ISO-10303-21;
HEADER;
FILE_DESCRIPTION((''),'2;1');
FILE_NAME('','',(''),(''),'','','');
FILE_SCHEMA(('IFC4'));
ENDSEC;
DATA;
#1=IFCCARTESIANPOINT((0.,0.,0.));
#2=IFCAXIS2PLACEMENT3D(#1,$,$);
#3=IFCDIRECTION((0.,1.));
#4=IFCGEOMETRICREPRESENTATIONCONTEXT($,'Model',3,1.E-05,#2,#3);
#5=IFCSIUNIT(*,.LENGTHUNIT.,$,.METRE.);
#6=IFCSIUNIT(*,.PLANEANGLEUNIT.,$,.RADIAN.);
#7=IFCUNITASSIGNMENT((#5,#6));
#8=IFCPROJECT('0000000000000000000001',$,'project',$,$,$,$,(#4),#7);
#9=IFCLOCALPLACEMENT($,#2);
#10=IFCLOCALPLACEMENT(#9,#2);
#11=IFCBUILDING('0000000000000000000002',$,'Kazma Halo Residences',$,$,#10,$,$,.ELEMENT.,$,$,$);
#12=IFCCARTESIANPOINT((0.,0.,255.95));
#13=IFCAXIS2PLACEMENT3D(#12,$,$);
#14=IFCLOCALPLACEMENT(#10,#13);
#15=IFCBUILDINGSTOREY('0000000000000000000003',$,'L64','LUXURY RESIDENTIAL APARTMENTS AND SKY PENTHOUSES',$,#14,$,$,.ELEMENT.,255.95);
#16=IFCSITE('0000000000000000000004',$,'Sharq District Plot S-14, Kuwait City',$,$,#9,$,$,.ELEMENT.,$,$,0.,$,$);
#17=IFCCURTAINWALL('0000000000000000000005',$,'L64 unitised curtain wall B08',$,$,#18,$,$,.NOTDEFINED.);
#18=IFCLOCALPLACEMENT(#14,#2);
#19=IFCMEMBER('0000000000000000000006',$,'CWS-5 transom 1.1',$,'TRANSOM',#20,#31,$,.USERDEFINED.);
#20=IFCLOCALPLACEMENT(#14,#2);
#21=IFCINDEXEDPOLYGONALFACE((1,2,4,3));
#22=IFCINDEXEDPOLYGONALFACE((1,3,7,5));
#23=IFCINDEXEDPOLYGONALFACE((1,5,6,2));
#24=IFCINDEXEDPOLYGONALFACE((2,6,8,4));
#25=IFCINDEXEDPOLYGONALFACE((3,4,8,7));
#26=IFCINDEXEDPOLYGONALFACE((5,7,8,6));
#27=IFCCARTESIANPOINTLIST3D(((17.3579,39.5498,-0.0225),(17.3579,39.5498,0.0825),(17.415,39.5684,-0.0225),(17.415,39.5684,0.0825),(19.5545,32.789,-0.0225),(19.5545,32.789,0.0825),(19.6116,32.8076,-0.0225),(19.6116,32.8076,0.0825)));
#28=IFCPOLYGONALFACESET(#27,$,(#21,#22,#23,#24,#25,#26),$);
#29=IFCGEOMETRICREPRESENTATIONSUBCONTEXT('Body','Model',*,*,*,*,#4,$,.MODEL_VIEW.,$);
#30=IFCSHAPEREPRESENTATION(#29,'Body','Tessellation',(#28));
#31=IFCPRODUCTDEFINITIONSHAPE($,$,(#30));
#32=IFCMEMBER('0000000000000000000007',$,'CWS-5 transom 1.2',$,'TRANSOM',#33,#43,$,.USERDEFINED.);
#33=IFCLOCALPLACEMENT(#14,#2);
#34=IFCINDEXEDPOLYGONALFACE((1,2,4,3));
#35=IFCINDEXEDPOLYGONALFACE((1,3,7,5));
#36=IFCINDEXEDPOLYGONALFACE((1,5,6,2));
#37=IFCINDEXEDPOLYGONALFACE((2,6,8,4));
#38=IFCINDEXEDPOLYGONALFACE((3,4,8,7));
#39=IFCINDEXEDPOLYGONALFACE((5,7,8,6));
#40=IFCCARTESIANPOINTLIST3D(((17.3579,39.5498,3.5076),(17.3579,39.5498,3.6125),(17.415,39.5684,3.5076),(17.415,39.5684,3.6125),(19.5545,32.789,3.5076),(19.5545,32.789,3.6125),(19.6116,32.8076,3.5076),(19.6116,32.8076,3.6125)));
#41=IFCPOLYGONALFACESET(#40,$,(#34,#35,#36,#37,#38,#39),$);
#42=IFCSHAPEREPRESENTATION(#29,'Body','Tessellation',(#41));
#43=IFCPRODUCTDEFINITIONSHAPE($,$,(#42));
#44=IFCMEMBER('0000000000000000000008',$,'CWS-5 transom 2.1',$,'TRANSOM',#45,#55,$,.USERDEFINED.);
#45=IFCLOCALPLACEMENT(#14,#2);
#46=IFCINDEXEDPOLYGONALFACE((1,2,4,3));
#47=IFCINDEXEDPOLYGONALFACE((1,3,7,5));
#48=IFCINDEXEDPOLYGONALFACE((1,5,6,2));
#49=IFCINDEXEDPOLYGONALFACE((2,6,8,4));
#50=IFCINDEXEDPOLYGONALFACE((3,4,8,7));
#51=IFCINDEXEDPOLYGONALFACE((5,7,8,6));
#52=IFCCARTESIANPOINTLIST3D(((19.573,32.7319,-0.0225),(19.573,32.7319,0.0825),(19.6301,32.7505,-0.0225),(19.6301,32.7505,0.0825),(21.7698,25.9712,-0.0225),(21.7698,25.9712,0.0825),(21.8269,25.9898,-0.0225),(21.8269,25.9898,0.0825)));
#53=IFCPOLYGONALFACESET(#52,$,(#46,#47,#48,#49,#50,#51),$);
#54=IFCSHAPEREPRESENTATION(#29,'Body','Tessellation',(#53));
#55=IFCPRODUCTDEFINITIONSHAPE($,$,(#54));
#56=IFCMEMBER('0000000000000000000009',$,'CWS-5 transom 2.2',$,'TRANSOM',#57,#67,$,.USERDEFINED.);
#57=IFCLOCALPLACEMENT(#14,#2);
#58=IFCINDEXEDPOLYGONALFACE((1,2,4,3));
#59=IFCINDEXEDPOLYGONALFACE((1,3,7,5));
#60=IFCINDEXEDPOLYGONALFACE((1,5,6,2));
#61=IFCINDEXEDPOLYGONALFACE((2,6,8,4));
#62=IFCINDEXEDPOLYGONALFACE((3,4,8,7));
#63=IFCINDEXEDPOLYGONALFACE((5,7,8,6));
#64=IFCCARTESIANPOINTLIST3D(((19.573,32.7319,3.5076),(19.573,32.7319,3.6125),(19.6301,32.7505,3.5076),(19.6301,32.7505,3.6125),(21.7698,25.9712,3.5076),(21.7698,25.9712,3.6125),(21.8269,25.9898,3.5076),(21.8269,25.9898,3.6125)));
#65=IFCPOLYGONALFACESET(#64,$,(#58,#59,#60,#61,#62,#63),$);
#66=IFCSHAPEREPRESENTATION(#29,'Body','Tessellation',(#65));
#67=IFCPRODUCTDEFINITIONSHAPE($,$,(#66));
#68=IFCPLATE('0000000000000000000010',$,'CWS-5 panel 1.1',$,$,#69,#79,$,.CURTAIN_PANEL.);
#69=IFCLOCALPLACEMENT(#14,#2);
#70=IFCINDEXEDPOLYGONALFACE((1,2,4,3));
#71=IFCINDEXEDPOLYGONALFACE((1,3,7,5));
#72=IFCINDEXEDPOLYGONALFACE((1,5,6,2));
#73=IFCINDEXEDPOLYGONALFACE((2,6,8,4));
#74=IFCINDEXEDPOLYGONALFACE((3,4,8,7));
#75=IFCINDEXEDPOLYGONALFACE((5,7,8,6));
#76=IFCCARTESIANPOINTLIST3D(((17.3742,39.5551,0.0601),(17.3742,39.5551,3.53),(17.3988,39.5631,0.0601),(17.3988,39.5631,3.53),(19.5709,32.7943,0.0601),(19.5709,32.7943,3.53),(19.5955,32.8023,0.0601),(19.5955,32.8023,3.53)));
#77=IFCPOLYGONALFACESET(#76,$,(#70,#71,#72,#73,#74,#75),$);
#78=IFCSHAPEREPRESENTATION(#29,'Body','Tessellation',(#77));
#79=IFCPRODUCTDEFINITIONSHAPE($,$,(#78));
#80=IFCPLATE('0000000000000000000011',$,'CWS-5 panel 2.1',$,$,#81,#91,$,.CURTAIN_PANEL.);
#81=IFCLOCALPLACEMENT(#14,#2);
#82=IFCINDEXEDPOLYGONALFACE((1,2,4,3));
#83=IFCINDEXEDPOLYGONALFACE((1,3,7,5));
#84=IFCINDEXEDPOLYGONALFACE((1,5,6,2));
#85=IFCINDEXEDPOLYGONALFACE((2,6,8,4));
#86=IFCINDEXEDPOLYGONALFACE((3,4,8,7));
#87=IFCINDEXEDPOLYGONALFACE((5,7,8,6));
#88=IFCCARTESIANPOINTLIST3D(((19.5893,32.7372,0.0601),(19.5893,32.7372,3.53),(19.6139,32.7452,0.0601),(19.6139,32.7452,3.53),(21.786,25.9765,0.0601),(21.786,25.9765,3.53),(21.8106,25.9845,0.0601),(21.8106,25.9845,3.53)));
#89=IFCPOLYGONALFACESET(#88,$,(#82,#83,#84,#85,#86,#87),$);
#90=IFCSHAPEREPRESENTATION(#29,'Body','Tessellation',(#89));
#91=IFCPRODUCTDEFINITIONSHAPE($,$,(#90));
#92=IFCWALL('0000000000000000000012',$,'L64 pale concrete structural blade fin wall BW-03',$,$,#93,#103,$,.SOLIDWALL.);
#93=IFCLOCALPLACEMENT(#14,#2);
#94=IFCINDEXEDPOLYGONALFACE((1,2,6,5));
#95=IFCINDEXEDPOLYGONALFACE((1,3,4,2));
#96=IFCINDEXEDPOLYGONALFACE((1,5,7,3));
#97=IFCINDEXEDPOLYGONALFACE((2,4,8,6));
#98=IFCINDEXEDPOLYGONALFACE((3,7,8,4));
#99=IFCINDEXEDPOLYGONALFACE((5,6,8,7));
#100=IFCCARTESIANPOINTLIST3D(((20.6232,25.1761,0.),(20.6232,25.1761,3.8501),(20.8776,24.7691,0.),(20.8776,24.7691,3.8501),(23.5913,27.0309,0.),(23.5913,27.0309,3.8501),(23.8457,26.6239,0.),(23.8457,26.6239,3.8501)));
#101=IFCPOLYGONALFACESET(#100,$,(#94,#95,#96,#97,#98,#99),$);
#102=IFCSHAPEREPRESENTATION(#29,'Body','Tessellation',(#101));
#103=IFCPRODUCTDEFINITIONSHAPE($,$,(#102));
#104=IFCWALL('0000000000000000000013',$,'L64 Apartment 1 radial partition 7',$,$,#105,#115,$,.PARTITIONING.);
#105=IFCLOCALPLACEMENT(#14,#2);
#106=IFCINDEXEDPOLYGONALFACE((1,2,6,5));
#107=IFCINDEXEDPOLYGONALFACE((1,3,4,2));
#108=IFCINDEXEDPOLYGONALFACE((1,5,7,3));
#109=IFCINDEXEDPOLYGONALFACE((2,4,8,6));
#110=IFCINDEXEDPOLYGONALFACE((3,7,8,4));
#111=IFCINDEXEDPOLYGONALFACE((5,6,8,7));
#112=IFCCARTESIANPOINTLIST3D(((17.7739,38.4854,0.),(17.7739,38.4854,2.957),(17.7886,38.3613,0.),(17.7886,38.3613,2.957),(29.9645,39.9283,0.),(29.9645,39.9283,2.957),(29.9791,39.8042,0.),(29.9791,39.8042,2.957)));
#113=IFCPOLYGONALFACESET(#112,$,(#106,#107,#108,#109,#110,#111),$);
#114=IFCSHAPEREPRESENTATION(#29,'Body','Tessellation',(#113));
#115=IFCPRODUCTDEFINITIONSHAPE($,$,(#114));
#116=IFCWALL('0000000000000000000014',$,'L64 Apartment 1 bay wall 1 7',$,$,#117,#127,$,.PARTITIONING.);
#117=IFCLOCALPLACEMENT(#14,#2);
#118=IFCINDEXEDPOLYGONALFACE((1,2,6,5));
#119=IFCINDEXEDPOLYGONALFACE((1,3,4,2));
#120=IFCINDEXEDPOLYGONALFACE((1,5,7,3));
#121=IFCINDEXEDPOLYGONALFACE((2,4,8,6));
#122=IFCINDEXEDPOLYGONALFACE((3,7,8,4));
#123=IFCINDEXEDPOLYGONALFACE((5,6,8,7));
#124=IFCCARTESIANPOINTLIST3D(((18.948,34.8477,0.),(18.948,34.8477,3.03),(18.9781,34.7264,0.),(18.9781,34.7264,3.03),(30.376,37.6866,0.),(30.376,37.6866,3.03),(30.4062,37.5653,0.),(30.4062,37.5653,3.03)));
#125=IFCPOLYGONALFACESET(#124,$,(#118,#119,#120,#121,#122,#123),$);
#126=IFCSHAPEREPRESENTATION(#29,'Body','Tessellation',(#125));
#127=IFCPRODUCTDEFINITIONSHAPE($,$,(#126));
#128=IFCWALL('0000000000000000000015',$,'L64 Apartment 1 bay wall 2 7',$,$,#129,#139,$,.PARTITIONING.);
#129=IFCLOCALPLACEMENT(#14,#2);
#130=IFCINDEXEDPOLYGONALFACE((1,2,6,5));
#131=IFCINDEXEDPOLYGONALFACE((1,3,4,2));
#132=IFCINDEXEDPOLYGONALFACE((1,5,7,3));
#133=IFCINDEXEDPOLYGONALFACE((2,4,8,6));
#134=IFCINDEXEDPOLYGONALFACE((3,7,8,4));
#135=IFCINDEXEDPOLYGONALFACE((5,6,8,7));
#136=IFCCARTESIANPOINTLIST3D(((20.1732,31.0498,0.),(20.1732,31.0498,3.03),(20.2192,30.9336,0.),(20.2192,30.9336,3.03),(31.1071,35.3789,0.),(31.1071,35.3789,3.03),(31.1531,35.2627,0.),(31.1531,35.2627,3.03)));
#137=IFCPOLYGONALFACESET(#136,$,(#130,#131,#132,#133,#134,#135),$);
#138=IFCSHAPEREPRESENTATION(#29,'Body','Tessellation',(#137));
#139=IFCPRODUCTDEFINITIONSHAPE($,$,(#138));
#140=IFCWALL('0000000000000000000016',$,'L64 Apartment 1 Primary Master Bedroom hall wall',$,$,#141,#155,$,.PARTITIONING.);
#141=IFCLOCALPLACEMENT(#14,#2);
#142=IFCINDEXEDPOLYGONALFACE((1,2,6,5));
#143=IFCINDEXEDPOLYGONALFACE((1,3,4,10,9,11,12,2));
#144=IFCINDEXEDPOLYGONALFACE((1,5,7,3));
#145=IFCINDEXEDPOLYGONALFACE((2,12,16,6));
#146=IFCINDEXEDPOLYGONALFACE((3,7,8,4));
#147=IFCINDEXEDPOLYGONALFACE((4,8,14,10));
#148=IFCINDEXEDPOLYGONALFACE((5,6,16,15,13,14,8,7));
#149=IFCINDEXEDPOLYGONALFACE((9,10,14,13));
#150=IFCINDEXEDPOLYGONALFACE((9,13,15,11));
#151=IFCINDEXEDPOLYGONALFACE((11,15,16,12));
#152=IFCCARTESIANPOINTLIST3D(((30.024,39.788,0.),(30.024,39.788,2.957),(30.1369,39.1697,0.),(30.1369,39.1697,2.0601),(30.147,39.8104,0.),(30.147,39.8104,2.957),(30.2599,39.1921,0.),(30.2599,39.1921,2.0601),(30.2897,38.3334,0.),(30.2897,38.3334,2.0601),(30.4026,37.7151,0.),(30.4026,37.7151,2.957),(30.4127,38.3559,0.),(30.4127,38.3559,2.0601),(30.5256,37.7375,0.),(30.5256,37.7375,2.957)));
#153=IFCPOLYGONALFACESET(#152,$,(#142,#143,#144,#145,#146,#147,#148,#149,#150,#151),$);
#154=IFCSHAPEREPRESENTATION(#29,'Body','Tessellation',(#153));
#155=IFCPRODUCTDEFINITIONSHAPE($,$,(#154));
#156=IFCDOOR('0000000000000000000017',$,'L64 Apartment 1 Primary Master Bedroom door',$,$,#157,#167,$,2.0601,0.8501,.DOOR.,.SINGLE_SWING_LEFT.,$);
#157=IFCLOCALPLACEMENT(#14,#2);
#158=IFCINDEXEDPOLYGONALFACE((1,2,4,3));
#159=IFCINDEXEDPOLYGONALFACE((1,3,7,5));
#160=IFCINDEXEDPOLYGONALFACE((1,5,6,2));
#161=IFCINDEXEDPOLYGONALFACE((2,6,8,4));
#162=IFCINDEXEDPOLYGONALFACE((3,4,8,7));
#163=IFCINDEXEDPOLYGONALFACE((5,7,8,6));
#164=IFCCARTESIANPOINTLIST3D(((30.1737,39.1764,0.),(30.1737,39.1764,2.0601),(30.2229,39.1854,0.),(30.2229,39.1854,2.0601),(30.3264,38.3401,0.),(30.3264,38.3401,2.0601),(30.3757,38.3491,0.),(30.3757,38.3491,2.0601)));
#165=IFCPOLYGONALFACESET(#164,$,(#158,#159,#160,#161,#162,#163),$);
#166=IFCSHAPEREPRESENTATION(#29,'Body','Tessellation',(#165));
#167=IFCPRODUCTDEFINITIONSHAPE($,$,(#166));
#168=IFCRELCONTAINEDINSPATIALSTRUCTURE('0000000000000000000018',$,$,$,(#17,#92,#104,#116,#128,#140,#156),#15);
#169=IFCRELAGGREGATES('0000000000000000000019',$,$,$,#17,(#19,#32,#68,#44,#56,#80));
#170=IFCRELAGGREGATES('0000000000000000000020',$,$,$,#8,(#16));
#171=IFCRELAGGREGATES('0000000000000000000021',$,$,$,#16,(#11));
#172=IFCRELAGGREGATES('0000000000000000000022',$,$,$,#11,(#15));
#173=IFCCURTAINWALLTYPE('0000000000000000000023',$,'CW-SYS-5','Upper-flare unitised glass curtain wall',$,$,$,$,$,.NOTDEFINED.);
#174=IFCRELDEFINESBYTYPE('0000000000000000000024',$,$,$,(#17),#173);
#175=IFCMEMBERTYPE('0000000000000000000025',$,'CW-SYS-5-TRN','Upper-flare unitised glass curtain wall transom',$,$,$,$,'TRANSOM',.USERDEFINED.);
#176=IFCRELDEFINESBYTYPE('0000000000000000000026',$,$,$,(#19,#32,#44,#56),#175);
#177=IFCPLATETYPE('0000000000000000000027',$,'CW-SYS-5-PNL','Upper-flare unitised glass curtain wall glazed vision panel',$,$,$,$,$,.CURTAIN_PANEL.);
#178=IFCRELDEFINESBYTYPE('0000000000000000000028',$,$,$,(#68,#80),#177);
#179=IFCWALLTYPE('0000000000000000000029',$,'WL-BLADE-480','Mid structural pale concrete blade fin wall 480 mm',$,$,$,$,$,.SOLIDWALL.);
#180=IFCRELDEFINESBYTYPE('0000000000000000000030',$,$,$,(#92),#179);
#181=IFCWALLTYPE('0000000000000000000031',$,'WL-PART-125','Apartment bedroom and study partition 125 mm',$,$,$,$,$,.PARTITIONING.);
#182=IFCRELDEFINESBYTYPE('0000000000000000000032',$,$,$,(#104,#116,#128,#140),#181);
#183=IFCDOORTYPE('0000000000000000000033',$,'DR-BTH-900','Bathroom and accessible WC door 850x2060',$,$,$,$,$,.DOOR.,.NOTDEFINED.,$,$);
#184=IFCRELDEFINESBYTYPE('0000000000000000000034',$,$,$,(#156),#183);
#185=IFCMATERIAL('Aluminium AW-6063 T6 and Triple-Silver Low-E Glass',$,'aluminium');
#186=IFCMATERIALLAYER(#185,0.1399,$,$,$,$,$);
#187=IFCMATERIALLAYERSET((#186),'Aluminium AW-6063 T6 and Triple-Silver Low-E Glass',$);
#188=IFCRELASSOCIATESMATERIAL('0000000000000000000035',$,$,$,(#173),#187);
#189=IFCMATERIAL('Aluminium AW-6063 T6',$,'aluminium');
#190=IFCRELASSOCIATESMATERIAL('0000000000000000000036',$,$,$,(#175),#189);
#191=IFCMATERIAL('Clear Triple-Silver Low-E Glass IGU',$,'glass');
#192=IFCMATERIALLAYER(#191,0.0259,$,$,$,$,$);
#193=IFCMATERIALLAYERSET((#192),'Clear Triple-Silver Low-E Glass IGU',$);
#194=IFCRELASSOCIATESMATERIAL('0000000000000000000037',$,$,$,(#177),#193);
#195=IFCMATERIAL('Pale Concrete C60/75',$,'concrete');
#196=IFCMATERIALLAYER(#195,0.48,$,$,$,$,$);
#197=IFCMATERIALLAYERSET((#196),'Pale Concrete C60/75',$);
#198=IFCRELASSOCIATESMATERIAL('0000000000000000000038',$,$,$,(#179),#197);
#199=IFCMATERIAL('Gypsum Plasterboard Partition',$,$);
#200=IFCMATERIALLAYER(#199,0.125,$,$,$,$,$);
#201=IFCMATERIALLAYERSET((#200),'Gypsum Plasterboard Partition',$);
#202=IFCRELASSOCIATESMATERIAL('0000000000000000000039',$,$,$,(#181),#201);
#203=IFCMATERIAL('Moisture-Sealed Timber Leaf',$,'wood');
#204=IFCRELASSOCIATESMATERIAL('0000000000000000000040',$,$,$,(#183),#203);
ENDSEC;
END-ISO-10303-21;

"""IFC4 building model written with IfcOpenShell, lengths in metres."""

from ifc_helpers import new_model, si_unit, direction, frame, frame_2d, origin, origin_2d, place, context, subcontext, project, spatial, rectangle, extrude, material, layer, layer_set, material_profile, profile_set, type_object, element, fill, aggregate, save


model = new_model("IFC4")

# Units and contexts
model_context = context("Model", 3, precision=1e-05, world=origin(), true_north=direction((0.0, 1.0)))
body_context = subcontext(model_context, "Body", "Model", "MODEL_VIEW")
ifc_project = project(units=[si_unit("LENGTHUNIT", "METRE"), si_unit("PLANEANGLEUNIT", "RADIAN")], contexts=[model_context])

# Site, building, storey
site_placement = place(None, origin())
site = spatial("IfcSite", under=ifc_project, at=site_placement, Name="Sharq District Plot S-14, Kuwait City", CompositionType="ELEMENT", RefElevation=0.0)
building_placement = place(site_placement, origin())
building = spatial("IfcBuilding", under=site, at=building_placement, Name="Kazma Halo Residences", CompositionType="ELEMENT")
storey_placement = place(building_placement, frame((0.0, 0.0, 255.95)))
storey = spatial("IfcBuildingStorey", under=building, at=storey_placement, Name="L64", Description="LUXURY RESIDENTIAL APARTMENTS AND SKY PENTHOUSES", CompositionType="ELEMENT", Elevation=255.95)

# Curtain wall, members, plates
ifc_material_1 = material(Name="Aluminium AW-6063 T6 and Triple-Silver Low-E Glass", Category="aluminium")
ifc_layer_1 = layer(ifc_material_1, 0.1399)
ifc_layer_set_1 = layer_set([ifc_layer_1], Name="Aluminium AW-6063 T6 and Triple-Silver Low-E Glass")
curtain_wall_type = type_object("IfcCurtainWallType", Name="CW-SYS-5", Description="Upper-flare unitised glass curtain wall", PredefinedType="NOTDEFINED", material=ifc_layer_set_1)
curtain_wall_placement = place(storey_placement, origin())
curtain_wall = element("IfcCurtainWall", 1, at=curtain_wall_placement, inside=storey, type_object=curtain_wall_type, Name="L64 unitised curtain wall B08", PredefinedType="NOTDEFINED")
ifc_material_2 = material(Name="Aluminium AW-6063 T6", Category="aluminium")
ifc_material_profile_1 = material_profile(ifc_material_2, rectangle(XDim=0.0601, YDim=0.105, at=origin_2d()), Name="CWT-60x105")
ifc_profile_set_1 = profile_set([ifc_material_profile_1], Name="Aluminium AW-6063 T6")
member_type_1 = type_object("IfcMemberType", Name="CW-SYS-5-TRN", Description="Upper-flare unitised glass curtain wall transom", ElementType="TRANSOM", PredefinedType="USERDEFINED", material=ifc_profile_set_1)
member_1_placement = place(storey_placement, frame((17.3865, 39.5591, 0.03), z_axis=(0.308996, -0.951063, 0.0), x_axis=(0.951063, 0.308996, 0.0)))
member_1 = element("IfcMember", 2, at=member_1_placement, type_object=member_type_1, Name="CWS-5 transom 1.1", ObjectType="TRANSOM", PredefinedType="USERDEFINED", context=body_context, shape_type="SweptSolid", body=[
    extrude(rectangle(XDim=0.0601, YDim=0.105, at=origin_2d()), origin(), (0.0, 0.0, 1.0), 7.1086),
])
member_2_placement = place(storey_placement, frame((17.3865, 39.5591, 3.5601), z_axis=(0.308996, -0.951063, 0.0), x_axis=(0.951063, 0.308996, 0.0)))
member_2 = element("IfcMember", 3, at=member_2_placement, type_object=member_type_1, Name="CWS-5 transom 1.2", ObjectType="TRANSOM", PredefinedType="USERDEFINED", context=body_context, shape_type="SweptSolid", body=[
    extrude(rectangle(XDim=0.0601, YDim=0.105, at=origin_2d()), origin(), (0.0, 0.0, 1.0), 7.1086),
])
member_3_placement = place(storey_placement, frame((19.6016, 32.7412, 0.03), z_axis=(0.309027, -0.951053, 0.0), x_axis=(0.951053, 0.309027, 0.0)))
member_3 = element("IfcMember", 4, at=member_3_placement, type_object=member_type_1, Name="CWS-5 transom 2.1", ObjectType="TRANSOM", PredefinedType="USERDEFINED", context=body_context, shape_type="SweptSolid", body=[
    extrude(rectangle(XDim=0.0601, YDim=0.105, at=origin_2d()), origin(), (0.0, 0.0, 1.0), 7.1086),
])
member_4_placement = place(storey_placement, frame((19.6016, 32.7412, 3.5601), z_axis=(0.309027, -0.951053, 0.0), x_axis=(0.951053, 0.309027, 0.0)))
member_4 = element("IfcMember", 5, at=member_4_placement, type_object=member_type_1, Name="CWS-5 transom 2.2", ObjectType="TRANSOM", PredefinedType="USERDEFINED", context=body_context, shape_type="SweptSolid", body=[
    extrude(rectangle(XDim=0.0601, YDim=0.105, at=origin_2d()), origin(), (0.0, 0.0, 1.0), 7.1086),
])
ifc_material_3 = material(Name="Clear Triple-Silver Low-E Glass IGU", Category="glass")
ifc_layer_2 = layer(ifc_material_3, 0.0259)
ifc_layer_set_2 = layer_set([ifc_layer_2], Name="Clear Triple-Silver Low-E Glass IGU")
plate_type = type_object("IfcPlateType", Name="CW-SYS-5-PNL", Description="Upper-flare unitised glass curtain wall glazed vision panel", PredefinedType="CURTAIN_PANEL", material=ifc_layer_set_2)
plate_1_placement = place(storey_placement, frame((18.4849, 36.1787, 0.0601), z_axis=(0.0, 0.0, 1.0), x_axis=(0.309011, -0.951058, 0.0)))
plate_1 = element("IfcPlate", 6, at=plate_1_placement, type_object=plate_type, Name="CWS-5 panel 1.1", PredefinedType="CURTAIN_PANEL", context=body_context, shape_type="SweptSolid", body=[
    extrude(rectangle(XDim=7.1086, YDim=0.0259, at=origin_2d()), origin(), (0.0, 0.0, 1.0), 3.47),
])
plate_2_placement = place(storey_placement, frame((20.7, 29.3608, 0.0601), z_axis=(0.0, 0.0, 1.0), x_axis=(0.309011, -0.951058, 0.0)))
plate_2 = element("IfcPlate", 7, at=plate_2_placement, type_object=plate_type, Name="CWS-5 panel 2.1", PredefinedType="CURTAIN_PANEL", context=body_context, shape_type="SweptSolid", body=[
    extrude(rectangle(XDim=7.1086, YDim=0.0259, at=origin_2d()), origin(), (0.0, 0.0, 1.0), 3.47),
])
aggregate(curtain_wall, [member_1, member_2, plate_1, member_3, member_4, plate_2])

# Walls
ifc_material_4 = material(Name="Pale Concrete C60/75", Category="concrete")
ifc_layer_3 = layer(ifc_material_4, 0.48)
ifc_layer_set_3 = layer_set([ifc_layer_3], Name="Pale Concrete C60/75")
wall_type_1 = type_object("IfcWallType", Name="WL-BLADE-480", Description="Mid structural pale concrete blade fin wall 480 mm", PredefinedType="SOLIDWALL", material=ifc_layer_set_3)
wall_1_placement = place(storey_placement, frame((23.7185, 26.8274, 0.0), z_axis=(0.0, 0.0, 1.0), x_axis=(-0.848034, -0.529943, 0.0)))
element("IfcWall", 8, at=wall_1_placement, inside=storey, type_object=wall_type_1, Name="L64 pale concrete structural blade fin wall BW-03", PredefinedType="SOLIDWALL", context=body_context, shape_type="SweptSolid", body=[
    extrude(rectangle(XDim=3.5, YDim=0.48, at=frame_2d((1.75, 0.0))), origin(), (0.0, 0.0, 1.0), 3.8501),
])
ifc_material_5 = material(Name="Gypsum Plasterboard Partition")
ifc_layer_4 = layer(ifc_material_5, 0.125)
ifc_layer_set_4 = layer_set([ifc_layer_4], Name="Gypsum Plasterboard Partition")
wall_type_2 = type_object("IfcWallType", Name="WL-PART-125", Description="Apartment bedroom and study partition 125 mm", PredefinedType="PARTITIONING", material=ifc_layer_set_4)
wall_2_placement = place(storey_placement, frame((29.9717, 39.8662, 0.0), z_axis=(0.0, 0.0, 1.0), x_axis=(-0.993068, -0.117541, 0.0)))
element("IfcWall", 9, at=wall_2_placement, inside=storey, type_object=wall_type_2, Name="L64 Apartment 1 radial partition 7", PredefinedType="PARTITIONING", context=body_context, shape_type="SweptSolid", body=[
    extrude(rectangle(XDim=12.2756, YDim=0.125, at=frame_2d((6.1377, 0.0))), origin(), (0.0, 0.0, 1.0), 2.957),
])
wall_3_placement = place(storey_placement, frame((30.3911, 37.626, 0.0), z_axis=(0.0, 0.0, 1.0), x_axis=(-0.970504, -0.241086, 0.0)))
element("IfcWall", 10, at=wall_3_placement, inside=storey, type_object=wall_type_2, Name="L64 Apartment 1 bay wall 1 7", PredefinedType="PARTITIONING", context=body_context, shape_type="SweptSolid", body=[
    extrude(rectangle(XDim=11.7754, YDim=0.125, at=frame_2d((5.8877, 0.0))), origin(), (0.0, 0.0, 1.0), 3.03),
])
wall_4_placement = place(storey_placement, frame((31.1301, 35.3208, 0.0), z_axis=(0.0, 0.0, 1.0), x_axis=(-0.929774, -0.368131, 0.0)))
element("IfcWall", 11, at=wall_4_placement, inside=storey, type_object=wall_type_2, Name="L64 Apartment 1 bay wall 2 7", PredefinedType="PARTITIONING", context=body_context, shape_type="SweptSolid", body=[
    extrude(rectangle(XDim=11.7598, YDim=0.125, at=frame_2d((5.8799, 0.0))), origin(), (0.0, 0.0, 1.0), 3.03),
])

# Wall, opening, door
wall_5_placement = place(storey_placement, frame((30.0854, 39.7993, 0.0), z_axis=(0.0, 0.0, 1.0), x_axis=(0.179691, -0.983723, 0.0)))
wall_5 = element("IfcWall", 12, at=wall_5_placement, inside=storey, type_object=wall_type_2, Name="L64 Apartment 1 Primary Master Bedroom hall wall", PredefinedType="PARTITIONING", context=body_context, shape_type="SweptSolid", body=[
    extrude(rectangle(XDim=2.1072, YDim=0.125, at=frame_2d((1.0537, 0.0))), origin(), (0.0, 0.0, 1.0), 2.957),
])
opening_1_placement = place(wall_5_placement, frame((0.6287, 0.0, 0.0)))
opening_1 = element("IfcOpeningElement", 13, at=opening_1_placement, cuts=wall_5, PredefinedType="OPENING", context=body_context, shape_type="SweptSolid", body=[
    extrude(rectangle(XDim=0.8501, YDim=2.0601, at=frame_2d((0.425, 1.03))), frame((0.0, 0.0725, 0.0), z_axis=(0.0, -1.0, 0.0), x_axis=(1.0, 0.0, 0.0)), (0.0, 0.0, 1.0), 0.145),
])
ifc_material_6 = material(Name="Moisture-Sealed Timber Leaf", Category="wood")
door_type = type_object("IfcDoorType", Name="DR-BTH-900", Description="Bathroom and accessible WC door 850x2060", OperationType="NOTDEFINED", PredefinedType="DOOR", material=ifc_material_6)
door_1_placement = place(opening_1_placement, origin())
door_1 = element("IfcDoor", 14, at=door_1_placement, inside=storey, type_object=door_type, Name="L64 Apartment 1 Primary Master Bedroom door", OperationType="SINGLE_SWING_LEFT", OverallHeight=2.0601, OverallWidth=0.8501, PredefinedType="DOOR", context=body_context, shape_type="SweptSolid", body=[
    extrude(rectangle(XDim=0.8501, YDim=2.0601, at=frame_2d((0.425, 1.03))), frame((0.0, 0.0249, 0.0), z_axis=(0.0, -1.0, 0.0), x_axis=(1.0, 0.0, 0.0)), (0.0, 0.0, 1.0), 0.05),
])
fill(opening_1, door_1)

save(model, "model.ifc")
